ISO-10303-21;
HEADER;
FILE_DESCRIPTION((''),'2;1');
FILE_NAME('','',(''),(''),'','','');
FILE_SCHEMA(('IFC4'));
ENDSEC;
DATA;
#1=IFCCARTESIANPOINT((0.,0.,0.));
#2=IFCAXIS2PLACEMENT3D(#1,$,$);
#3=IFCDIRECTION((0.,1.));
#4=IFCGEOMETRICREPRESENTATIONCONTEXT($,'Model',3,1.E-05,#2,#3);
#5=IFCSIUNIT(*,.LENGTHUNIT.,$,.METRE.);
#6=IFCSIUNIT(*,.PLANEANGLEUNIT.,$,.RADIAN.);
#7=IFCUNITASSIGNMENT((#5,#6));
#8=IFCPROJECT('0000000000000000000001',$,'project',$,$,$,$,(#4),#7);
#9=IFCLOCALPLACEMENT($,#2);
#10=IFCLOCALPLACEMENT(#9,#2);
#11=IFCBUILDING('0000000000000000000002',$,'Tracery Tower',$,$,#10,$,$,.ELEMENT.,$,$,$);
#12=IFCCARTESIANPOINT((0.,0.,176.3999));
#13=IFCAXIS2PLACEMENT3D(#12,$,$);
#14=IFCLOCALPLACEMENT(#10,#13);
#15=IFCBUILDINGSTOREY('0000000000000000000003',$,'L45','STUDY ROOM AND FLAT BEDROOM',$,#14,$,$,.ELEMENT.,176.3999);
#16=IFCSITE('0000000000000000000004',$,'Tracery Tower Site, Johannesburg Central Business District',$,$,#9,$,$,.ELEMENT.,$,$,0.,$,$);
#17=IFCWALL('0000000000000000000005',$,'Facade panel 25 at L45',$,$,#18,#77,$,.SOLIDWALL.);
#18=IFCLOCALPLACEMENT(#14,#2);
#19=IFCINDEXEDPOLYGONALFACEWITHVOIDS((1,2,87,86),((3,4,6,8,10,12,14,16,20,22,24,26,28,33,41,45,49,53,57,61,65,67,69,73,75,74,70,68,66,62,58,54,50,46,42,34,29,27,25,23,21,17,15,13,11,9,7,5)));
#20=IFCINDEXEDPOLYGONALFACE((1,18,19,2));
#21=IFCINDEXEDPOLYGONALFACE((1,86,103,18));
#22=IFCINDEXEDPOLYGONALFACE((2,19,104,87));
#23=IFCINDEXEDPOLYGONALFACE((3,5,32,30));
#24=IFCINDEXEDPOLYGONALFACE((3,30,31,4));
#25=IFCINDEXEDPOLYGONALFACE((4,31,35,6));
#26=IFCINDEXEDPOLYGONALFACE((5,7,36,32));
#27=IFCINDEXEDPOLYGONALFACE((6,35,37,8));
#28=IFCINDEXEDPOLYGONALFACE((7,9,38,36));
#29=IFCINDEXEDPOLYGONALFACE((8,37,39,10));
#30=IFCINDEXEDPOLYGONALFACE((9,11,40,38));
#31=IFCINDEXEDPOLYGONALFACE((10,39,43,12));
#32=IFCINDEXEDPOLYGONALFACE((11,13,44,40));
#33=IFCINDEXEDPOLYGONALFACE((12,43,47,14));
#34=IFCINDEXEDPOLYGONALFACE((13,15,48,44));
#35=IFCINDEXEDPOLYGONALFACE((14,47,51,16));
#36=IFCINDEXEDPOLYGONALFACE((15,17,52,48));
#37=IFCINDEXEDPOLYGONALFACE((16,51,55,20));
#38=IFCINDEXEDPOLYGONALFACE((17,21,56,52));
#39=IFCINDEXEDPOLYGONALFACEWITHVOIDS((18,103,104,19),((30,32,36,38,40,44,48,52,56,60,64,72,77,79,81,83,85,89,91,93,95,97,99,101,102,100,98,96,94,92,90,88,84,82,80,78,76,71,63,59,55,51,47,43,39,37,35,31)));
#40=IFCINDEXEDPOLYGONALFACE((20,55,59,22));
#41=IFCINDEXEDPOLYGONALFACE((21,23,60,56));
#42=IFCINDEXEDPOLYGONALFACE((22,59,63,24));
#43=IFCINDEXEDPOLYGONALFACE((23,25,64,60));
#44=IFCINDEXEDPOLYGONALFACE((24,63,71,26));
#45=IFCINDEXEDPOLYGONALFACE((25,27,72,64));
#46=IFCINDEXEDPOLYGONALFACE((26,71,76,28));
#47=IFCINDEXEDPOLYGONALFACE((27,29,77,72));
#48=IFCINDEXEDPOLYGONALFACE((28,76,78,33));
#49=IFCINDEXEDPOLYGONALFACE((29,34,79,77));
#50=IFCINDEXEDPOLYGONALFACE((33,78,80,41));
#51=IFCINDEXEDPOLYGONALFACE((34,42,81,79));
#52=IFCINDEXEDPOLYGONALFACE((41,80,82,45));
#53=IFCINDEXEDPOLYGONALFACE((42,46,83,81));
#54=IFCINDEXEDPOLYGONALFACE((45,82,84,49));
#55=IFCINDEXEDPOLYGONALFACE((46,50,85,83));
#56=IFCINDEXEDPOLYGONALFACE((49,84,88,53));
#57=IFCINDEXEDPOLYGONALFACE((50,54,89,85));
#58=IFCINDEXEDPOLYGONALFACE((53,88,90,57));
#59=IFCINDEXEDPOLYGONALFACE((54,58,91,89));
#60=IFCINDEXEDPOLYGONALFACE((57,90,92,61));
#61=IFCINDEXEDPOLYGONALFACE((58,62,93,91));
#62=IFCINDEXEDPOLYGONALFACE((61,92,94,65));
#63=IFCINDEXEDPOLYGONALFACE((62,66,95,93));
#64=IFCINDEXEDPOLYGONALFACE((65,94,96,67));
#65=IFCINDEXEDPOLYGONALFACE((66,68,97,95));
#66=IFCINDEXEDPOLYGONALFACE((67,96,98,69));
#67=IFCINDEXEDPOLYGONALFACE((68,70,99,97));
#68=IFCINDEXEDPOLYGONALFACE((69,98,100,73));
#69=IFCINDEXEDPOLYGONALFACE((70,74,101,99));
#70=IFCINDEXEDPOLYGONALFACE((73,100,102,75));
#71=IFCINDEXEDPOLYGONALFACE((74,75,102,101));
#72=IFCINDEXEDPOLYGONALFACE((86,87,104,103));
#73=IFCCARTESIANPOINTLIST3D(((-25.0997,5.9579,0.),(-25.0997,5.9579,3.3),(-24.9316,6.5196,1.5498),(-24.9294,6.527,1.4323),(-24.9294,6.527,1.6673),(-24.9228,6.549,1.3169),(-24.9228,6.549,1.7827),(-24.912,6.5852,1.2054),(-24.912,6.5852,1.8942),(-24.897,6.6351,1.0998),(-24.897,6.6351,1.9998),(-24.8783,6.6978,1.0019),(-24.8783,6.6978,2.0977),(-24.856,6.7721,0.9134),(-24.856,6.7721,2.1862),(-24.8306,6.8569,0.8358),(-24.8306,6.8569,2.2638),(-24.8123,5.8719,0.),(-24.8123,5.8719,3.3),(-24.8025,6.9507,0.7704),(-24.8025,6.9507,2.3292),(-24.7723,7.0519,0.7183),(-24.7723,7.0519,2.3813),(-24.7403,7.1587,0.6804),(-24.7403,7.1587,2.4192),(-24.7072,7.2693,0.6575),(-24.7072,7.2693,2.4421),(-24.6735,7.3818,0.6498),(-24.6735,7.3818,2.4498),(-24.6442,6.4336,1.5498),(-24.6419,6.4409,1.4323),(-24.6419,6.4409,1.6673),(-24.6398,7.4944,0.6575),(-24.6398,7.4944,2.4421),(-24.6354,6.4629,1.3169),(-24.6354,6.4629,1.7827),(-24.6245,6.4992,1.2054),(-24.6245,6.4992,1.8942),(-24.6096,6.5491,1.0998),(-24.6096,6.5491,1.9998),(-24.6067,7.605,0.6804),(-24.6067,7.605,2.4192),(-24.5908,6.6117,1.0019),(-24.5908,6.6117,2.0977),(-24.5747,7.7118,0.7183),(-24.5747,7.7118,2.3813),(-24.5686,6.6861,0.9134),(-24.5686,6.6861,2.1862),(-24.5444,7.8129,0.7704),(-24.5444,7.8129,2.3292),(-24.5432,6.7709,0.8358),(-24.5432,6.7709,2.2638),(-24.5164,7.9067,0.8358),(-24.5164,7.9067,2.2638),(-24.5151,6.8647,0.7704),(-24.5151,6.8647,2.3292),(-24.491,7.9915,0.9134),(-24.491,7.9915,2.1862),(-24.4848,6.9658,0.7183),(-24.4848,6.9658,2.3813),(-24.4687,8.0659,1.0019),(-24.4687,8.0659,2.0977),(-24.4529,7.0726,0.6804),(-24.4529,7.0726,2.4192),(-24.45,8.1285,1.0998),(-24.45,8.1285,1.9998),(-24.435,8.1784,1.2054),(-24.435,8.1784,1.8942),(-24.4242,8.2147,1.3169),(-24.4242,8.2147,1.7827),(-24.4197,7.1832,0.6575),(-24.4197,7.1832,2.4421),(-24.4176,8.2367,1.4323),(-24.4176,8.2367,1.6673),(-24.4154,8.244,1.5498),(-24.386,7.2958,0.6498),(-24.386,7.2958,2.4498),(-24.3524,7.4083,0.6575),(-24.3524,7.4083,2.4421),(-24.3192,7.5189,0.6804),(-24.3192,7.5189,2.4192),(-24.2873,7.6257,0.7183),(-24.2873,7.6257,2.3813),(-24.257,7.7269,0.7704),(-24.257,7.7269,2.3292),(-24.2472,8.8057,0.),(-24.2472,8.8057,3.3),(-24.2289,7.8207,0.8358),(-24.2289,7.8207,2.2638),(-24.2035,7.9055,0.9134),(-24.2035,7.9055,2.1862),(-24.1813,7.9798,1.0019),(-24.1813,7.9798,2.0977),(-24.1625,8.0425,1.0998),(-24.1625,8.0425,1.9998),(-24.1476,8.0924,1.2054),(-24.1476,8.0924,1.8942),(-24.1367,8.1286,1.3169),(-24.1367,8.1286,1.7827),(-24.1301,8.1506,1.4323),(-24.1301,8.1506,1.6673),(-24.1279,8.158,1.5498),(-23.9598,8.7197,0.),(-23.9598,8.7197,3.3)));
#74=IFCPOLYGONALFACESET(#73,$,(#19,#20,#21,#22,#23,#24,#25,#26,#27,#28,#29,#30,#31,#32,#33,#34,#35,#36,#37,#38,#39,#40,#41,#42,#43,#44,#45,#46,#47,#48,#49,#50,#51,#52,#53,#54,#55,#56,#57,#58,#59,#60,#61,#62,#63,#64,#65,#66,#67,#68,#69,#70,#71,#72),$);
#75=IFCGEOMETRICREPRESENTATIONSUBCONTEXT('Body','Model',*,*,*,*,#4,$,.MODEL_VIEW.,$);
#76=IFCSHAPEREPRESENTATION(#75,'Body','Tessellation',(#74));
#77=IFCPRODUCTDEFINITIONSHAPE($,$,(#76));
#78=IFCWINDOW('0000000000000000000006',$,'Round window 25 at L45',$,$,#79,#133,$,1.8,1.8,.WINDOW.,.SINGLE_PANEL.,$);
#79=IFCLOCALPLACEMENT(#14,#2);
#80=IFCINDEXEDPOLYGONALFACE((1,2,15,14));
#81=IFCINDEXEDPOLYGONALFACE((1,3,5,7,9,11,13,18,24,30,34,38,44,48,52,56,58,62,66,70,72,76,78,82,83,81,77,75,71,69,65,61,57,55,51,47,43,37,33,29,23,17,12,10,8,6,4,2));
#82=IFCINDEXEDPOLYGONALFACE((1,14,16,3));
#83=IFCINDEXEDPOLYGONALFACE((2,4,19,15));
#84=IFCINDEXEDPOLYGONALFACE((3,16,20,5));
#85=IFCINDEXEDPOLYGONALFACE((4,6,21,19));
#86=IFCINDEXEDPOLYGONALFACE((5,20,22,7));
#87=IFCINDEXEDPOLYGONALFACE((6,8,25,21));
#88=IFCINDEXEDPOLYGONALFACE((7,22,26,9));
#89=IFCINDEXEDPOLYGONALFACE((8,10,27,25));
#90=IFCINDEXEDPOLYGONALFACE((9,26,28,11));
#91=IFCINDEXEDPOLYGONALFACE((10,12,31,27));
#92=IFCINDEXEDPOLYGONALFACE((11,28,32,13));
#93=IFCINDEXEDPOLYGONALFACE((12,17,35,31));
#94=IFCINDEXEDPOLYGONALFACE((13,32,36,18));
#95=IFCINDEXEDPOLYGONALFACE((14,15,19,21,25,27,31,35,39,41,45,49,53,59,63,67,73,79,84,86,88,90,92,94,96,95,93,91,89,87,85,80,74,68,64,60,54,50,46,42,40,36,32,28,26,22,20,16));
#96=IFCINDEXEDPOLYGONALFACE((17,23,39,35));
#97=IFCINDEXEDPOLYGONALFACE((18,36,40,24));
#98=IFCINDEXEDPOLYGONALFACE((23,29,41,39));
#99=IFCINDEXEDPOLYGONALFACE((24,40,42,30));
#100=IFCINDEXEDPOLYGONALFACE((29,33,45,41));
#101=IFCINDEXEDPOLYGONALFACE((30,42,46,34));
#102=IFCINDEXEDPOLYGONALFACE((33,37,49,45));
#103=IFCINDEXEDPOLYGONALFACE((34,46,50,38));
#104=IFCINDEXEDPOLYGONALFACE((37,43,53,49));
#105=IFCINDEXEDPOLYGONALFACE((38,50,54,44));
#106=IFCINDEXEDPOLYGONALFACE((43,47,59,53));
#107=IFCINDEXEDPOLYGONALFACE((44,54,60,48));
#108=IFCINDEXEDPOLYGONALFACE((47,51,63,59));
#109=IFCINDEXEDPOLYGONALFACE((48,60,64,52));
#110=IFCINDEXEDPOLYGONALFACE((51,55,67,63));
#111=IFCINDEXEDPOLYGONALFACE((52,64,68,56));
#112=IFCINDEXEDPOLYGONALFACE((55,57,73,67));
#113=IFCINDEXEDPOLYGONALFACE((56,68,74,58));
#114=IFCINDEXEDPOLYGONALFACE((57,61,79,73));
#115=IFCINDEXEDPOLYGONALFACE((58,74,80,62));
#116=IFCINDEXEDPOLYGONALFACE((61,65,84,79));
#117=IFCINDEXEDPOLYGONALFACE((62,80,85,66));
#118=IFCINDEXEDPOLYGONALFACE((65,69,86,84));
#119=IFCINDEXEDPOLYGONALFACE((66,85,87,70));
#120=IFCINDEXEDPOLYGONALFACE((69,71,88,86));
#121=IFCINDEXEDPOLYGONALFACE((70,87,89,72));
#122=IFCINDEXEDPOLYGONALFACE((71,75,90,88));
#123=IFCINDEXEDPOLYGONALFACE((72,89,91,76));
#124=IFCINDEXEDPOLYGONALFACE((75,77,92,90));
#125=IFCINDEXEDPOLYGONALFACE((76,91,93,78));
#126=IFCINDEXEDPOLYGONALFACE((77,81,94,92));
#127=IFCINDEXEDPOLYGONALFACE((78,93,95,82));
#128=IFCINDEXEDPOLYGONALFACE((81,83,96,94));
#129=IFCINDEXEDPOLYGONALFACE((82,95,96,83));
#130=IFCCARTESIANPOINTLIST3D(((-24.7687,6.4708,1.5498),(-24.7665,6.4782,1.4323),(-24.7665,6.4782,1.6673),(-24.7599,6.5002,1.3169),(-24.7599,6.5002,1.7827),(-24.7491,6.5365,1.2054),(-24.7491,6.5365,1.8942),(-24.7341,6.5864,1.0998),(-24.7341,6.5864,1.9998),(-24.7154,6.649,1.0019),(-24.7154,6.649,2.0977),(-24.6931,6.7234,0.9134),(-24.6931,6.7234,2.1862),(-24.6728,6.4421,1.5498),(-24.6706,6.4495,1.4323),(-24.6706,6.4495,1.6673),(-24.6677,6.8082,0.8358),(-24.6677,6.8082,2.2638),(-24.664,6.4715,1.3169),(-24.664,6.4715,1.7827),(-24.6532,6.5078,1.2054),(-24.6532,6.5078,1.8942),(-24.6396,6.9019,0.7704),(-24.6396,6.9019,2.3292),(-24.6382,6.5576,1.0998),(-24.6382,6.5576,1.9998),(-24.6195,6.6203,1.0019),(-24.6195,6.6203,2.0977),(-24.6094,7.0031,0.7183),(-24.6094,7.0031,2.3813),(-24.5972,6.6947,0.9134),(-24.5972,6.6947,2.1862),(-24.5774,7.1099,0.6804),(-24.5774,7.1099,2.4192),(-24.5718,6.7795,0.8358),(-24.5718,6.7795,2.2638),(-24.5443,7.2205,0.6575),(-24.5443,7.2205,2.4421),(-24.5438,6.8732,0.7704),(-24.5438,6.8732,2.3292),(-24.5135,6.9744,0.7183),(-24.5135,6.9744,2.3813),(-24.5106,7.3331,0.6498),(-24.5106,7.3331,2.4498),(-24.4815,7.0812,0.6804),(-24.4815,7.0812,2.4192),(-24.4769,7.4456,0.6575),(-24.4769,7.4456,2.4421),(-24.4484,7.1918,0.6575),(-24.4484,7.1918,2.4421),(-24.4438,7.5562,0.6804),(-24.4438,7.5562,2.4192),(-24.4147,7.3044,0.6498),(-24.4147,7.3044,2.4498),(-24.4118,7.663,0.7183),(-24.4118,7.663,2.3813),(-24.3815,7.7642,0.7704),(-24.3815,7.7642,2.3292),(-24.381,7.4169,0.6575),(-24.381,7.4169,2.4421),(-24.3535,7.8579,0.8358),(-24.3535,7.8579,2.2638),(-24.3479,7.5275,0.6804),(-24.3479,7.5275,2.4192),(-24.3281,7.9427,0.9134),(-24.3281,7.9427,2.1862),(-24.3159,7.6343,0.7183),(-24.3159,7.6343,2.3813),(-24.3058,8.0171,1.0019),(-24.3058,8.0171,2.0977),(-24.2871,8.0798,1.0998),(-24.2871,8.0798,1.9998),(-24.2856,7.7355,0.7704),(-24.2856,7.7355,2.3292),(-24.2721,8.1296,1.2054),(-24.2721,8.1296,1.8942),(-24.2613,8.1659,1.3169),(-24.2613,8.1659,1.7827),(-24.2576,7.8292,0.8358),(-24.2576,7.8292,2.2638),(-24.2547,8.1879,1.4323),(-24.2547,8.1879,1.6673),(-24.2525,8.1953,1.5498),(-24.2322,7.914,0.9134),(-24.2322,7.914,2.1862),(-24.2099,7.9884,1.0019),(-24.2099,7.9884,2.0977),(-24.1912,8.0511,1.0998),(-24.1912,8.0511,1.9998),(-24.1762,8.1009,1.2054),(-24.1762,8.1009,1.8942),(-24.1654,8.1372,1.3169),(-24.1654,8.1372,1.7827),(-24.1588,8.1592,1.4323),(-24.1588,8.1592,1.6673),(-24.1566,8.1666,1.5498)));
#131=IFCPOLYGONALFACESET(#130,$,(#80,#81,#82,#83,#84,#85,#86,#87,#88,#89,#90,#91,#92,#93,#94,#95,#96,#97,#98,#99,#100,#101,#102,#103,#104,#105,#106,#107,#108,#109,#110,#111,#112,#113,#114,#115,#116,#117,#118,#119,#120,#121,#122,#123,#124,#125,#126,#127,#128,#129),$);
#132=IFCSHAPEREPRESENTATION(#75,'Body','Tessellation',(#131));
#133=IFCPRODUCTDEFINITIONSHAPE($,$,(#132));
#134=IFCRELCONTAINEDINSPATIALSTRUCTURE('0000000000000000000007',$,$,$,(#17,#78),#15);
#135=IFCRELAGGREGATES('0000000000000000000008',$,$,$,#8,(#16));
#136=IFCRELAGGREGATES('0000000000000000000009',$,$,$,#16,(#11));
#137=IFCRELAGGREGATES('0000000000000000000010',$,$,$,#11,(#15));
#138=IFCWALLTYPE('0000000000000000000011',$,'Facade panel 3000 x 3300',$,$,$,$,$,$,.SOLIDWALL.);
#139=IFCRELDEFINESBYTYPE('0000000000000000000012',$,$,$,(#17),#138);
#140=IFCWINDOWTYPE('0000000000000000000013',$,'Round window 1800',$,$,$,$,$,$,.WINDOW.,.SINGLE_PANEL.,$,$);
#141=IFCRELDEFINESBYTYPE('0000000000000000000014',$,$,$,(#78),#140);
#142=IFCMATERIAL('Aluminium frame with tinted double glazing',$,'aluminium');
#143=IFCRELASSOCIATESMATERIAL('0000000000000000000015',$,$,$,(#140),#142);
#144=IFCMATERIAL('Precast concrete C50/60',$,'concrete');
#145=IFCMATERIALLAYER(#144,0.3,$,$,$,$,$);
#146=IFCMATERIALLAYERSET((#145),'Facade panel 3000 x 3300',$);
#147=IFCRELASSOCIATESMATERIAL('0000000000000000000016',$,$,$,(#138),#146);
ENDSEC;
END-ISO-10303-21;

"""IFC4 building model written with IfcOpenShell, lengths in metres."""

from ifc_helpers import new_model, si_unit, direction, frame, frame_2d, origin, origin_2d, place, context, subcontext, project, spatial, rectangle, circle, extrude, material, layer, layer_set, type_object, element, fill, save


model = new_model("IFC4")

# Units and contexts
model_context = context("Model", 3, precision=1e-05, world=origin(), true_north=direction((0.0, 1.0)))
body_context = subcontext(model_context, "Body", "Model", "MODEL_VIEW")
ifc_project = project(units=[si_unit("LENGTHUNIT", "METRE"), si_unit("PLANEANGLEUNIT", "RADIAN")], contexts=[model_context])

# Site, building, storey
site_placement = place(None, origin())
site = spatial("IfcSite", under=ifc_project, at=site_placement, Name="Tracery Tower Site, Johannesburg Central Business District", CompositionType="ELEMENT", RefElevation=0.0)
building_placement = place(site_placement, origin())
building = spatial("IfcBuilding", under=site, at=building_placement, Name="Tracery Tower", CompositionType="ELEMENT")
storey_placement = place(building_placement, frame((0.0, 0.0, 176.3999)))
storey = spatial("IfcBuildingStorey", under=building, at=storey_placement, Name="L45", Description="STUDY ROOM AND FLAT BEDROOM", CompositionType="ELEMENT", Elevation=176.3999)

# Wall, opening, window
ifc_material_1 = material(Name="Aluminium frame with tinted double glazing", Category="aluminium")
window_type = type_object("IfcWindowType", Name="Round window 1800", PartitioningType="SINGLE_PANEL", PredefinedType="WINDOW", material=ifc_material_1)
ifc_material_2 = material(Name="Precast concrete C50/60", Category="concrete")
ifc_layer_1 = layer(ifc_material_2, 0.3)
ifc_layer_set_1 = layer_set([ifc_layer_1], Name="Facade panel 3000 x 3300")
wall_type_1 = type_object("IfcWallType", Name="Facade panel 3000 x 3300", PredefinedType="SOLIDWALL", material=ifc_layer_set_1)
wall_1_placement = place(storey_placement, frame((-24.1035, 8.7627, 0.0), z_axis=(0.0, 0.0, 1.0), x_axis=(-0.286783, -0.957996, 0.0)))
wall_1 = element("IfcWall", 1, at=wall_1_placement, inside=storey, type_object=wall_type_1, Name="Facade panel 25 at L45", PredefinedType="SOLIDWALL", context=body_context, shape_type="SweptSolid", body=[
    extrude(rectangle(XDim=2.9727, YDim=0.3, at=frame_2d((1.4863, 0.0))), origin(), (0.0, 0.0, 1.0), 3.3),
])
opening_1_placement = place(wall_1_placement, frame((1.4863, 0.0, 1.5498)))
opening_1 = element("IfcOpeningElement", 2, at=opening_1_placement, cuts=wall_1, PredefinedType="OPENING", context=body_context, shape_type="SweptSolid", body=[
    extrude(circle(Radius=0.9, at=origin_2d()), frame((0.0, 0.1599, 0.0), z_axis=(0.0, -1.0, 0.0), x_axis=(1.0, 0.0, 0.0)), (0.0, 0.0, 1.0), 0.3201),
])
window_1_placement = place(opening_1_placement, origin())
window_1 = element("IfcWindow", 3, at=window_1_placement, inside=storey, type_object=window_type, Name="Round window 25 at L45", OverallHeight=1.8, OverallWidth=1.8, PartitioningType="SINGLE_PANEL", PredefinedType="WINDOW", context=body_context, shape_type="SweptSolid", body=[
    extrude(circle(Radius=0.9, at=origin_2d()), frame((0.0, 0.1201, 0.0), z_axis=(0.0, -1.0, 0.0), x_axis=(1.0, 0.0, 0.0)), (0.0, 0.0, 1.0), 0.1001),
])
fill(opening_1, window_1)

save(model, "model.ifc")
